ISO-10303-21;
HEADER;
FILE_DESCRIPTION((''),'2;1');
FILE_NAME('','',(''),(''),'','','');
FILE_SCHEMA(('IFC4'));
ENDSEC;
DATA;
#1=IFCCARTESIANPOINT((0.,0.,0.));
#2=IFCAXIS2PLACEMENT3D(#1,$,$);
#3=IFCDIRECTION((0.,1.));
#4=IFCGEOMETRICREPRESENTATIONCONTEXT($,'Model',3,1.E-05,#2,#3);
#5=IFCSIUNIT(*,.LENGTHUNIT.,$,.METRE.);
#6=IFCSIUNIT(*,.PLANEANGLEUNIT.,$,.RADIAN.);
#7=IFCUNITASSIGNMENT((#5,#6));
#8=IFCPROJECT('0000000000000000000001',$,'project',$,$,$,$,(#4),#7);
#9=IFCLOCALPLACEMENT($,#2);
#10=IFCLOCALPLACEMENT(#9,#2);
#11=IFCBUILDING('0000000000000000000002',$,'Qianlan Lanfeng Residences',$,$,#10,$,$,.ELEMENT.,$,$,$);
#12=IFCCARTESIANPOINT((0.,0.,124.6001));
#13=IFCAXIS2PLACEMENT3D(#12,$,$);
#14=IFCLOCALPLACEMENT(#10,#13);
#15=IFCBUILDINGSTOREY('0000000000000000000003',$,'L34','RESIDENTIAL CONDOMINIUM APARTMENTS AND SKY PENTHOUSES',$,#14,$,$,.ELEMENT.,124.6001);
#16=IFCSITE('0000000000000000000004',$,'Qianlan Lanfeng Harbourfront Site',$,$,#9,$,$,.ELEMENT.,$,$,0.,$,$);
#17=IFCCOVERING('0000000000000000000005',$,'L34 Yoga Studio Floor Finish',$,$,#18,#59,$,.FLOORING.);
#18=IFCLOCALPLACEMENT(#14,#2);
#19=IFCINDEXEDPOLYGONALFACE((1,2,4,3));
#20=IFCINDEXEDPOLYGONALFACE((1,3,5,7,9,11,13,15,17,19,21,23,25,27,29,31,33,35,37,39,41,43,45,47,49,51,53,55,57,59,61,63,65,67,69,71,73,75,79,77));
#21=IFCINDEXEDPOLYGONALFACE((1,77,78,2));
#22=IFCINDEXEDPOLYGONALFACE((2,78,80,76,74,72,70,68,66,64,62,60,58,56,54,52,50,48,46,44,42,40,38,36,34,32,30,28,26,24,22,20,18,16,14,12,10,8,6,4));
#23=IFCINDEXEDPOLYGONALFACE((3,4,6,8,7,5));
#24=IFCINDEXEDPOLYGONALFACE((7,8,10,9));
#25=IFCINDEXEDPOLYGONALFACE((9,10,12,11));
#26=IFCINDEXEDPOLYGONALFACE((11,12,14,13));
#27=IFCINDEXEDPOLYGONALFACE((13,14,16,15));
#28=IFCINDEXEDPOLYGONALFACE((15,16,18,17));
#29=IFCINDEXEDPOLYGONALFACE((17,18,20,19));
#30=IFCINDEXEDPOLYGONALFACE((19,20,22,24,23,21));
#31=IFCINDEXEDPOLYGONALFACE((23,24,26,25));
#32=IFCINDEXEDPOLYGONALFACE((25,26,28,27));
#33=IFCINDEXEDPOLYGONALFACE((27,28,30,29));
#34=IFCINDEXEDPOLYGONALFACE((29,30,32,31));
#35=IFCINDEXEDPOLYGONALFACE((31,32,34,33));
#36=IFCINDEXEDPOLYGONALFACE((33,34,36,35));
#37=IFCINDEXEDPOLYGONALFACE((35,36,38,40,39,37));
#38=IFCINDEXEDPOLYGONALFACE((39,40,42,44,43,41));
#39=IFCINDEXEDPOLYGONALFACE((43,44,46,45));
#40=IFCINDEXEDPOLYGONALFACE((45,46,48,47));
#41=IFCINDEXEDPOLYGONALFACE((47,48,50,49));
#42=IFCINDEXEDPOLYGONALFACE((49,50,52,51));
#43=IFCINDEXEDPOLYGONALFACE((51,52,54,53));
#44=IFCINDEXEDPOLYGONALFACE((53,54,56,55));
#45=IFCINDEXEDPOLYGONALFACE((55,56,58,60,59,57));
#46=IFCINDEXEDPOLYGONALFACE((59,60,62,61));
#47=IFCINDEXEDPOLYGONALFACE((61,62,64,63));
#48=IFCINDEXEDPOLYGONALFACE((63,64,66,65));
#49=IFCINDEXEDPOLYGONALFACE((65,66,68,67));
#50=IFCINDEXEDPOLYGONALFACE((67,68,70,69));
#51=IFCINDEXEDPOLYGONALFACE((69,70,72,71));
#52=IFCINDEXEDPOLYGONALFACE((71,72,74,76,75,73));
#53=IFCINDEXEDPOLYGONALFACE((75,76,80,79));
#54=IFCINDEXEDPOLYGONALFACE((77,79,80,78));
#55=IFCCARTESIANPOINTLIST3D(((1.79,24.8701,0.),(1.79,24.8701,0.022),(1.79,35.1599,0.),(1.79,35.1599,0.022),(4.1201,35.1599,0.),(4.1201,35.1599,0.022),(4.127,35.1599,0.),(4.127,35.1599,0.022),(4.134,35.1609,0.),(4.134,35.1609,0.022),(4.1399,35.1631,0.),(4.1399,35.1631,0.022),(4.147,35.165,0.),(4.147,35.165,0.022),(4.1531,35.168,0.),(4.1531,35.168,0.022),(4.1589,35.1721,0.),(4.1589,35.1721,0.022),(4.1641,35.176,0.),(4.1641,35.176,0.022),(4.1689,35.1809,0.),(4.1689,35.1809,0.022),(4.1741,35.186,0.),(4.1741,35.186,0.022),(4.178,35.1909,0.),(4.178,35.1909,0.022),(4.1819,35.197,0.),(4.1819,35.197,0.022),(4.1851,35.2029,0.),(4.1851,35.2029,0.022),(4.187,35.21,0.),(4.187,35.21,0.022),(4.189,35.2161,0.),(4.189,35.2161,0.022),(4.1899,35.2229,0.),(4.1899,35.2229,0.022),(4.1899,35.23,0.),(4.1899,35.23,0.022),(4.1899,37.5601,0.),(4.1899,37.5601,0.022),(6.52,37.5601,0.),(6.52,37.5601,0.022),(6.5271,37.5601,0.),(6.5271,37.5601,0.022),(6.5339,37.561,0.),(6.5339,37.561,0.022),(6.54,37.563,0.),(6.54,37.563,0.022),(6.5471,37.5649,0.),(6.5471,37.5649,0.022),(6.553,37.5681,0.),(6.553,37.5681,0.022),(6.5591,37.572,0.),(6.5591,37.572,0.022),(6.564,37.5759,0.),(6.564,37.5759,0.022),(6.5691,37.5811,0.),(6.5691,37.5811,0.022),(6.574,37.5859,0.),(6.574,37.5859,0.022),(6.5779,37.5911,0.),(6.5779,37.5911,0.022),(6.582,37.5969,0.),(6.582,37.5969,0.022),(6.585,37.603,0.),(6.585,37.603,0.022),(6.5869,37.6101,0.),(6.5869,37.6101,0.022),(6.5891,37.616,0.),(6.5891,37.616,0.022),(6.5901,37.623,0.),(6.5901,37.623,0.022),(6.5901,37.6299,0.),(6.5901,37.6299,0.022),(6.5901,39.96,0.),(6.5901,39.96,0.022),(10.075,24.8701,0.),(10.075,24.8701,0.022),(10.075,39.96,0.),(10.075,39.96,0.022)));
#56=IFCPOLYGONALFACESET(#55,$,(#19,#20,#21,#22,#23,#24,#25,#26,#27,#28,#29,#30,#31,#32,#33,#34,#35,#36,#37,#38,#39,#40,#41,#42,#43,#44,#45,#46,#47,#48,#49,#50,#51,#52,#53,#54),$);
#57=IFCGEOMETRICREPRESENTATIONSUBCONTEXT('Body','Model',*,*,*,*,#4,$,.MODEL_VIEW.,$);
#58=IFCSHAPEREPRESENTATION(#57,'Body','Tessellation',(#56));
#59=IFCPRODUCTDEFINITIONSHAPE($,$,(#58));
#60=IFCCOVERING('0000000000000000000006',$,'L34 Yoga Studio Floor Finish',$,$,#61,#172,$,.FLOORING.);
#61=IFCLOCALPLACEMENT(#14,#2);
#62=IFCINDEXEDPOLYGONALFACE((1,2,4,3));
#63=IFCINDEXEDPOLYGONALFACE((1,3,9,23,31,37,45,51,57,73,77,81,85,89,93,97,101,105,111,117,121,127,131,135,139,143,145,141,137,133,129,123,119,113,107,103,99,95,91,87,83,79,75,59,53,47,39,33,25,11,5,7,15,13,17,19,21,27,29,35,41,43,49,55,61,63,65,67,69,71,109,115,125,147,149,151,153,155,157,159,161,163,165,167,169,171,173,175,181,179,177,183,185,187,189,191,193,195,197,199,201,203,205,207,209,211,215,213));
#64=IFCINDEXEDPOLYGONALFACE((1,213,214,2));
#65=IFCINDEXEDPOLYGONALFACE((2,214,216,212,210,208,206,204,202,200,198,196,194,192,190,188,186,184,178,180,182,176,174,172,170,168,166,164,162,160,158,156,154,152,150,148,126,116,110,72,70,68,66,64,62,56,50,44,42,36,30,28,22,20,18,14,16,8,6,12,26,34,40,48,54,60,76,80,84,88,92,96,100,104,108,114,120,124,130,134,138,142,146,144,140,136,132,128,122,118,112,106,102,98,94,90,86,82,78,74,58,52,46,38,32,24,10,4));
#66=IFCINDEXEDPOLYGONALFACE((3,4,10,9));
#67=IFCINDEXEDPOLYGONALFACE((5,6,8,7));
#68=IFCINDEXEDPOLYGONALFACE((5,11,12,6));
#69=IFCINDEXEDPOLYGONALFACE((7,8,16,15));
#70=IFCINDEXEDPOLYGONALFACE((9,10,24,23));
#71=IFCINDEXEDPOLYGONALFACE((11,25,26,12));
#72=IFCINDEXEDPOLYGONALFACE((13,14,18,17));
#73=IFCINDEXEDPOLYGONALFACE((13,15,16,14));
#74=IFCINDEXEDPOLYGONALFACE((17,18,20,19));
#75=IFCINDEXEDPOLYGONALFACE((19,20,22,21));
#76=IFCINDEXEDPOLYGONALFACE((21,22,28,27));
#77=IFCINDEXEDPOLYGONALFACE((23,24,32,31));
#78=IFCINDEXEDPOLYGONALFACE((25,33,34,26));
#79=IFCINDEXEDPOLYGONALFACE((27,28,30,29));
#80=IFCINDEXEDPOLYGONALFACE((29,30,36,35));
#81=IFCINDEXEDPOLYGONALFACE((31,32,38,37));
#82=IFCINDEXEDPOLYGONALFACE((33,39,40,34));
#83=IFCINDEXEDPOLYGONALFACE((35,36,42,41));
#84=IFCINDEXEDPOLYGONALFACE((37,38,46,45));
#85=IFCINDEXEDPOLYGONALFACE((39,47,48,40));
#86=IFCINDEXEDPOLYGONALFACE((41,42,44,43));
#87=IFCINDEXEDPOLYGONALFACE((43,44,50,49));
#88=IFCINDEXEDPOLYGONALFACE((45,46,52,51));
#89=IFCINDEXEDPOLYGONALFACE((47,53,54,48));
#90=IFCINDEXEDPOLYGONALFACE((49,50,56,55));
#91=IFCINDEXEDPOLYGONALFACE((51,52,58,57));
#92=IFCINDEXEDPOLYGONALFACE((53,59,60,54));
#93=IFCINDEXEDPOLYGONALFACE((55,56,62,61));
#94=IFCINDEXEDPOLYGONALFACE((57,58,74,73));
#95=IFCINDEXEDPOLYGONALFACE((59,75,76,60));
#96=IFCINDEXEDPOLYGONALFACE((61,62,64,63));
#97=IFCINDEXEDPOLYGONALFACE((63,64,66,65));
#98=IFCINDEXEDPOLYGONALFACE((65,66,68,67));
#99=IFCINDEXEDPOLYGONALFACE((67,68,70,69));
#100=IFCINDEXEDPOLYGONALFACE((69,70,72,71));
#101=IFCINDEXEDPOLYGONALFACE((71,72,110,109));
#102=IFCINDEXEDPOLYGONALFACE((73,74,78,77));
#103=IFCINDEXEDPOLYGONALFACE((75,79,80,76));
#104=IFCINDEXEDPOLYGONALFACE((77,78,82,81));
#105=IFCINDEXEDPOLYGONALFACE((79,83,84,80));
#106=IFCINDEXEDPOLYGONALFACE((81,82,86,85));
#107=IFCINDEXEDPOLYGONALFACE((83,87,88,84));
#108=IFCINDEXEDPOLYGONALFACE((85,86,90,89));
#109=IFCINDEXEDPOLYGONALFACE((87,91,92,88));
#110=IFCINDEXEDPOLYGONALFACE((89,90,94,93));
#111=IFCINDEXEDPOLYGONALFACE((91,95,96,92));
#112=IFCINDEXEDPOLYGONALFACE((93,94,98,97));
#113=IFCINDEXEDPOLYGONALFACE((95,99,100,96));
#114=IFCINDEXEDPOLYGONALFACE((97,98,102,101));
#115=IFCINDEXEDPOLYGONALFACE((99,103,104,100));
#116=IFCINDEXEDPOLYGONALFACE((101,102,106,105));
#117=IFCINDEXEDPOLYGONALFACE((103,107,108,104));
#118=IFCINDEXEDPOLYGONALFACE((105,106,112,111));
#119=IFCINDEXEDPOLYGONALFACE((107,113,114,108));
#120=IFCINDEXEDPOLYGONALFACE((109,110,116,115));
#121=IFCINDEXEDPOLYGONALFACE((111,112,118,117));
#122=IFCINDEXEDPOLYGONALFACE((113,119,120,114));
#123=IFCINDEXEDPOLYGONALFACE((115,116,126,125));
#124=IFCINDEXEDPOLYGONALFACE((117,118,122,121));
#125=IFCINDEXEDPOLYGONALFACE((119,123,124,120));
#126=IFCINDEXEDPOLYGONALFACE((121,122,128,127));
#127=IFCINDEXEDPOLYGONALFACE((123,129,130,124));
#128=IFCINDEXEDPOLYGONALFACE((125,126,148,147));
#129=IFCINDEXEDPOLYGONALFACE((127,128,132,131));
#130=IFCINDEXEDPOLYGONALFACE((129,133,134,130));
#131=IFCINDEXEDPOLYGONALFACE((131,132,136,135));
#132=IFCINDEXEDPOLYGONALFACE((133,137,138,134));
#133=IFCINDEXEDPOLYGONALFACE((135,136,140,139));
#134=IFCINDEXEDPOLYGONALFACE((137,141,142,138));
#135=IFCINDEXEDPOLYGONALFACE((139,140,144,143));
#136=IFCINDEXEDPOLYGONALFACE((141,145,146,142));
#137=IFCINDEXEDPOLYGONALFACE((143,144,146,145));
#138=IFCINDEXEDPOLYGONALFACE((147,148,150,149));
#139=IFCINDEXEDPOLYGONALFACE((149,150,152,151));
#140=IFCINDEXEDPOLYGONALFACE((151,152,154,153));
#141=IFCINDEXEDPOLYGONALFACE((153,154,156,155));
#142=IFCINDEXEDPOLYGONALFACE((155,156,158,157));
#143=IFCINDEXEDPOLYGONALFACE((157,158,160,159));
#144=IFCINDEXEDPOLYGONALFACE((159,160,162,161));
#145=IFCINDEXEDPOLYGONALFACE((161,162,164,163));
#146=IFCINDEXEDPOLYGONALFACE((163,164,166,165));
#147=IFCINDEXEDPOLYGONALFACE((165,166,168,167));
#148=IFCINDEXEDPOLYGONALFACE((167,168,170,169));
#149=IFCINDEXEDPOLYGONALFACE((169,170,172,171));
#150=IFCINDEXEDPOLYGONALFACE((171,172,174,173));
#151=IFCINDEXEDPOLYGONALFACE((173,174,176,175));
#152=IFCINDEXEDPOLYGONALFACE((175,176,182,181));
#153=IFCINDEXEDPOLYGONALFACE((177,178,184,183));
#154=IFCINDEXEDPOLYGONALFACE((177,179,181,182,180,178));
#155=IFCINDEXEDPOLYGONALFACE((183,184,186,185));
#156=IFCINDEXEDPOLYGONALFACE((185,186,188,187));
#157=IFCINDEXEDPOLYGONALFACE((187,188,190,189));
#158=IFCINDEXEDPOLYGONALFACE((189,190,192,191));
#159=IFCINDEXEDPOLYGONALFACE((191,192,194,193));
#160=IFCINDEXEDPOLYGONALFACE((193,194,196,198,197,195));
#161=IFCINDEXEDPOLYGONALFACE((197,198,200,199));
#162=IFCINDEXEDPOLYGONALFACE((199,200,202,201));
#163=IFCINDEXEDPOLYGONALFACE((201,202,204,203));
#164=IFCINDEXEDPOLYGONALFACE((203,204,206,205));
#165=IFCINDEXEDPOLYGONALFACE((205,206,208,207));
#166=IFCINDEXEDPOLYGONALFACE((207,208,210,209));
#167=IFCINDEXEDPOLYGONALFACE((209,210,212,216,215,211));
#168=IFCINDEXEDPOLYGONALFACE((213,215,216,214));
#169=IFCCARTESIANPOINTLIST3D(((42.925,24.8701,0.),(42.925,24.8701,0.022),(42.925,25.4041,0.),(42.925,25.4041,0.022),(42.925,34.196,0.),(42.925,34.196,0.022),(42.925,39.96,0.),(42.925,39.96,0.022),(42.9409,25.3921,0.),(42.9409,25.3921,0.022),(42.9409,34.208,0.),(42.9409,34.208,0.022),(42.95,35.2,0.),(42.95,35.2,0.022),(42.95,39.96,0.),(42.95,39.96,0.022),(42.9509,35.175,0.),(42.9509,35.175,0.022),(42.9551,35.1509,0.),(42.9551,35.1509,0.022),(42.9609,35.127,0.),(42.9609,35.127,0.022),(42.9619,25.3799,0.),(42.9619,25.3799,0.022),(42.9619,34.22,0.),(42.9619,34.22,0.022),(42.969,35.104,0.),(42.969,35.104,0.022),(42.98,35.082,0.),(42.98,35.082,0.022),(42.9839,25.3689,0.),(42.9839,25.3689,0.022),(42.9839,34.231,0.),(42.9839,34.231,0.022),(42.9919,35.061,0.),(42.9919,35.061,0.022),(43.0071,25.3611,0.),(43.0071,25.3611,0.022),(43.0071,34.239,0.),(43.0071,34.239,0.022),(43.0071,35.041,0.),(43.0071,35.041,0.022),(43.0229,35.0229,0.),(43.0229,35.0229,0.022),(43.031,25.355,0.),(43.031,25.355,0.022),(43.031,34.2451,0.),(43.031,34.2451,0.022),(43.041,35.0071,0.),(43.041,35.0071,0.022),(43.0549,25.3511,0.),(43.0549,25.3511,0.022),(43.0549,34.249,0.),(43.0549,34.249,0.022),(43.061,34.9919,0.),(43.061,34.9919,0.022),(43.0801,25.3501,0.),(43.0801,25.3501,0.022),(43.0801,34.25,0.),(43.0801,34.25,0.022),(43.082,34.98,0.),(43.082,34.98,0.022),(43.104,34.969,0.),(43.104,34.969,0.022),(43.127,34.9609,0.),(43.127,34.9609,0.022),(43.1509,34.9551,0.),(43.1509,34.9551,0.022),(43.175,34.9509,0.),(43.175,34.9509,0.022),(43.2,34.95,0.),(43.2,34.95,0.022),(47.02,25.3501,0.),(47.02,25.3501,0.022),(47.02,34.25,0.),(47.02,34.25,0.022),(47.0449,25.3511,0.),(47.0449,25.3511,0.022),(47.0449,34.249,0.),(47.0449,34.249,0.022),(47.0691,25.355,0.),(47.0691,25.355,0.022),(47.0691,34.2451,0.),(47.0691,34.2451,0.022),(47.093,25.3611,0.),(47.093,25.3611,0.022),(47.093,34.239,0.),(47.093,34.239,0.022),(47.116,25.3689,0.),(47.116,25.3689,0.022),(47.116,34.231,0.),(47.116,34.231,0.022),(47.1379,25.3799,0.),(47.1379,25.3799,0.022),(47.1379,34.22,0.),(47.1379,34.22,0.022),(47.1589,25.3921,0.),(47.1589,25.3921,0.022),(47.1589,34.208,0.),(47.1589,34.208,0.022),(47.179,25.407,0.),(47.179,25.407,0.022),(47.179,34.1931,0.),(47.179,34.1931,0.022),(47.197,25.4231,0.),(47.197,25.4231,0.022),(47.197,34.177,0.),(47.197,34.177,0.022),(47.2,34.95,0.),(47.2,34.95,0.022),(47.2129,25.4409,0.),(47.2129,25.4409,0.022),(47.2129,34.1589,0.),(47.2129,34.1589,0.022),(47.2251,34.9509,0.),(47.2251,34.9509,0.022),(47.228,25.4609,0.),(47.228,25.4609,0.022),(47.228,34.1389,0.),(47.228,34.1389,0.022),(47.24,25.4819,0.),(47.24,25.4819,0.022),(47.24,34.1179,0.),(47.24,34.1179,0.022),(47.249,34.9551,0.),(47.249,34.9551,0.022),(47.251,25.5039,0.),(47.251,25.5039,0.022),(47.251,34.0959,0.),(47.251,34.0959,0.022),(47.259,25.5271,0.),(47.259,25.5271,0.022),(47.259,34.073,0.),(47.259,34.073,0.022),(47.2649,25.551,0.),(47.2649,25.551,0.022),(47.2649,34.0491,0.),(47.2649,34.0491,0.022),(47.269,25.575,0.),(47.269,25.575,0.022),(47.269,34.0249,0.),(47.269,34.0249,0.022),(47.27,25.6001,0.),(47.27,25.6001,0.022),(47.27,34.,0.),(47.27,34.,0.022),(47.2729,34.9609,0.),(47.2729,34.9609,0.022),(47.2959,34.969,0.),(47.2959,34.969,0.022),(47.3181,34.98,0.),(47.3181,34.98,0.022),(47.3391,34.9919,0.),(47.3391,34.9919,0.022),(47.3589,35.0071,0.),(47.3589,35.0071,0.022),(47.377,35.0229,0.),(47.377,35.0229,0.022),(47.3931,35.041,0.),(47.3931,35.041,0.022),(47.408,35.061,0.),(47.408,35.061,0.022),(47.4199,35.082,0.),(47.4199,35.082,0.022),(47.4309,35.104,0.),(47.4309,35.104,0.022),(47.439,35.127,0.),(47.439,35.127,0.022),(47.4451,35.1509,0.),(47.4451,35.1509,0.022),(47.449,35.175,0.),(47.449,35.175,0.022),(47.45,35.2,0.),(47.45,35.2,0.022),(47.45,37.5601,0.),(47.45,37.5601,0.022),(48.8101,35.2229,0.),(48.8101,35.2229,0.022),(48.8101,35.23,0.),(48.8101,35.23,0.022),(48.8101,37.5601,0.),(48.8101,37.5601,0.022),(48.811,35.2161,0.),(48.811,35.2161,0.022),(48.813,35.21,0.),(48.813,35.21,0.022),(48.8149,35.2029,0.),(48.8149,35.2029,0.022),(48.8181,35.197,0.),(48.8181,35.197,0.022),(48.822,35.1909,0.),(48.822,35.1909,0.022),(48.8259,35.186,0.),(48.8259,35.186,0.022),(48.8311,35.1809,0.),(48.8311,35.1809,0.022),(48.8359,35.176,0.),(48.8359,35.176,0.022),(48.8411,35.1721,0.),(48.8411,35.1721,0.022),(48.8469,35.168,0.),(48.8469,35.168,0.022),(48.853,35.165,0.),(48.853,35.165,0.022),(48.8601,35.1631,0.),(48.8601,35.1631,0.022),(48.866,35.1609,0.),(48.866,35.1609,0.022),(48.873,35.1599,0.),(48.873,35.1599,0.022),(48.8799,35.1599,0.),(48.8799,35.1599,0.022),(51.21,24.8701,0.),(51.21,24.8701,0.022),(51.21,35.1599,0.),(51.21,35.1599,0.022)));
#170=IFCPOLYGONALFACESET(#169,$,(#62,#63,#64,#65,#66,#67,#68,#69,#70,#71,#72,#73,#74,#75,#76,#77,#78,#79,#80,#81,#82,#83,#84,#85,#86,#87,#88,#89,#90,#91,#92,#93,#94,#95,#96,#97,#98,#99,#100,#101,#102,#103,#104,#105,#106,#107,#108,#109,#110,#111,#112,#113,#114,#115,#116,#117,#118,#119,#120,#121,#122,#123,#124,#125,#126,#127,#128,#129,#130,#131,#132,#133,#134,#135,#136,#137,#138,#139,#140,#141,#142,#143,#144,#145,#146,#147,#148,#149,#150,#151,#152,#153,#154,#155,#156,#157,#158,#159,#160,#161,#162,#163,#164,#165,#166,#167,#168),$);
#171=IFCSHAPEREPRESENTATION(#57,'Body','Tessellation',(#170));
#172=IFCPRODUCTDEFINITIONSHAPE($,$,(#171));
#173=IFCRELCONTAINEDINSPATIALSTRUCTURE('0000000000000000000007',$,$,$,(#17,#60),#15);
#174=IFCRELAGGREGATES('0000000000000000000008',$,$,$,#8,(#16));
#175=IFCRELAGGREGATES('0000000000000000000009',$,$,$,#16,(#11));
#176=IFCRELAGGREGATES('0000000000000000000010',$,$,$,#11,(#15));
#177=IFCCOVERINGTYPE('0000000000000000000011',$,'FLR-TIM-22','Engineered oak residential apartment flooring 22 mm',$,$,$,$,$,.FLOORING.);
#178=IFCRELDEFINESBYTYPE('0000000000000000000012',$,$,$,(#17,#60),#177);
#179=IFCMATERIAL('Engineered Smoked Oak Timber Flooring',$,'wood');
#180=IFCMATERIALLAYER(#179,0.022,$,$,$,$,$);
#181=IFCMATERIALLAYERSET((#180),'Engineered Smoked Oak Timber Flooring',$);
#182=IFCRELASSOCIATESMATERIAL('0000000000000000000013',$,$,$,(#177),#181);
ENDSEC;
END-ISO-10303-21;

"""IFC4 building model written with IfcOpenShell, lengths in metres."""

from ifc_helpers import new_model, si_unit, direction, frame, origin, place, context, subcontext, project, spatial, polyline, outline, extrude, material, layer, layer_set, type_object, element, save


model = new_model("IFC4")

# Units and contexts
model_context = context("Model", 3, precision=1e-05, world=origin(), true_north=direction((0.0, 1.0)))
body_context = subcontext(model_context, "Body", "Model", "MODEL_VIEW")
ifc_project = project(units=[si_unit("LENGTHUNIT", "METRE"), si_unit("PLANEANGLEUNIT", "RADIAN")], contexts=[model_context])

# Site, building, storey
site_placement = place(None, origin())
site = spatial("IfcSite", under=ifc_project, at=site_placement, Name="Qianlan Lanfeng Harbourfront Site", CompositionType="ELEMENT", RefElevation=0.0)
building_placement = place(site_placement, origin())
building = spatial("IfcBuilding", under=site, at=building_placement, Name="Qianlan Lanfeng Residences", CompositionType="ELEMENT")
storey_placement = place(building_placement, frame((0.0, 0.0, 124.6001)))
storey = spatial("IfcBuildingStorey", under=building, at=storey_placement, Name="L34", Description="RESIDENTIAL CONDOMINIUM APARTMENTS AND SKY PENTHOUSES", CompositionType="ELEMENT", Elevation=124.6001)

# Coverings
ifc_material_1 = material(Name="Engineered Smoked Oak Timber Flooring", Category="wood")
ifc_layer_1 = layer(ifc_material_1, 0.022)
ifc_layer_set_1 = layer_set([ifc_layer_1], Name="Engineered Smoked Oak Timber Flooring")
covering_type_1 = type_object("IfcCoveringType", Name="FLR-TIM-22", Description="Engineered oak residential apartment flooring 22 mm", PredefinedType="FLOORING", material=ifc_layer_set_1)
covering_1_placement = place(storey_placement, origin())
element("IfcCovering", 1, at=covering_1_placement, inside=storey, type_object=covering_type_1, Name="L34 Yoga Studio Floor Finish", PredefinedType="FLOORING", context=body_context, shape_type="SweptSolid", body=[
    extrude(outline(polyline([(10.075, 24.8701), (10.075, 39.96), (6.5901, 39.96), (6.5901, 37.6299), (6.5901, 37.623), (6.5891, 37.616), (6.5869, 37.6101), (6.585, 37.603), (6.582, 37.5969), (6.5779, 37.5911), (6.574, 37.5859), (6.5691, 37.5811), (6.564, 37.5759), (6.5591, 37.572), (6.553, 37.5681), (6.5471, 37.5649), (6.54, 37.563), (6.5339, 37.561), (6.5271, 37.5601), (6.52, 37.5601), (4.1899, 37.5601), (4.1899, 35.23), (4.1899, 35.2229), (4.189, 35.2161), (4.187, 35.21), (4.1851, 35.2029), (4.1819, 35.197), (4.178, 35.1909), (4.1741, 35.186), (4.1689, 35.1809), (4.1641, 35.176), (4.1589, 35.1721), (4.1531, 35.168), (4.147, 35.165), (4.1399, 35.1631), (4.134, 35.1609), (4.127, 35.1599), (4.1201, 35.1599), (1.79, 35.1599), (1.79, 24.8701), (10.075, 24.8701)])), origin(), (0.0, 0.0, 1.0), 0.022),
])
covering_2_placement = place(storey_placement, origin())
element("IfcCovering", 2, at=covering_2_placement, inside=storey, type_object=covering_type_1, Name="L34 Yoga Studio Floor Finish", PredefinedType="FLOORING", context=body_context, shape_type="SweptSolid", body=[
    extrude(outline(polyline([(42.925, 24.8701), (51.21, 24.8701), (51.21, 35.1599), (48.8799, 35.1599), (48.873, 35.1599), (48.866, 35.1609), (48.8601, 35.1631), (48.853, 35.165), (48.8469, 35.168), (48.8411, 35.1721), (48.8359, 35.176), (48.8311, 35.1809), (48.8259, 35.186), (48.822, 35.1909), (48.8181, 35.197), (48.8149, 35.2029), (48.813, 35.21), (48.811, 35.2161), (48.8101, 35.2229), (48.8101, 35.23), (48.8101, 37.5601), (47.45, 37.5601), (47.45, 35.2), (47.449, 35.175), (47.4451, 35.1509), (47.439, 35.127), (47.4309, 35.104), (47.4199, 35.082), (47.408, 35.061), (47.3931, 35.041), (47.377, 35.0229), (47.3589, 35.0071), (47.3391, 34.9919), (47.3181, 34.98), (47.2959, 34.969), (47.2729, 34.9609), (47.249, 34.9551), (47.2251, 34.9509), (47.2, 34.95), (43.2, 34.95), (43.175, 34.9509), (43.1509, 34.9551), (43.127, 34.9609), (43.104, 34.969), (43.082, 34.98), (43.061, 34.9919), (43.041, 35.0071), (43.0229, 35.0229), (43.0071, 35.041), (42.9919, 35.061), (42.98, 35.082), (42.969, 35.104), (42.9609, 35.127), (42.9551, 35.1509), (42.9509, 35.175), (42.95, 35.2), (42.95, 39.96), (42.925, 39.96), (42.925, 34.196), (42.9409, 34.208), (42.9619, 34.22), (42.9839, 34.231), (43.0071, 34.239), (43.031, 34.2451), (43.0549, 34.249), (43.0801, 34.25), (47.02, 34.25), (47.0449, 34.249), (47.0691, 34.2451), (47.093, 34.239), (47.116, 34.231), (47.1379, 34.22), (47.1589, 34.208), (47.179, 34.1931), (47.197, 34.177), (47.2129, 34.1589), (47.228, 34.1389), (47.24, 34.1179), (47.251, 34.0959), (47.259, 34.073), (47.2649, 34.0491), (47.269, 34.0249), (47.27, 34.0), (47.27, 25.6001), (47.269, 25.575), (47.2649, 25.551), (47.259, 25.5271), (47.251, 25.5039), (47.24, 25.4819), (47.228, 25.4609), (47.2129, 25.4409), (47.197, 25.4231), (47.179, 25.407), (47.1589, 25.3921), (47.1379, 25.3799), (47.116, 25.3689), (47.093, 25.3611), (47.0691, 25.355), (47.0449, 25.3511), (47.02, 25.3501), (43.0801, 25.3501), (43.0549, 25.3511), (43.031, 25.355), (43.0071, 25.3611), (42.9839, 25.3689), (42.9619, 25.3799), (42.9409, 25.3921), (42.925, 25.4041), (42.925, 24.8701)])), origin(), (0.0, 0.0, 1.0), 0.022),
])

save(model, "model.ifc")
